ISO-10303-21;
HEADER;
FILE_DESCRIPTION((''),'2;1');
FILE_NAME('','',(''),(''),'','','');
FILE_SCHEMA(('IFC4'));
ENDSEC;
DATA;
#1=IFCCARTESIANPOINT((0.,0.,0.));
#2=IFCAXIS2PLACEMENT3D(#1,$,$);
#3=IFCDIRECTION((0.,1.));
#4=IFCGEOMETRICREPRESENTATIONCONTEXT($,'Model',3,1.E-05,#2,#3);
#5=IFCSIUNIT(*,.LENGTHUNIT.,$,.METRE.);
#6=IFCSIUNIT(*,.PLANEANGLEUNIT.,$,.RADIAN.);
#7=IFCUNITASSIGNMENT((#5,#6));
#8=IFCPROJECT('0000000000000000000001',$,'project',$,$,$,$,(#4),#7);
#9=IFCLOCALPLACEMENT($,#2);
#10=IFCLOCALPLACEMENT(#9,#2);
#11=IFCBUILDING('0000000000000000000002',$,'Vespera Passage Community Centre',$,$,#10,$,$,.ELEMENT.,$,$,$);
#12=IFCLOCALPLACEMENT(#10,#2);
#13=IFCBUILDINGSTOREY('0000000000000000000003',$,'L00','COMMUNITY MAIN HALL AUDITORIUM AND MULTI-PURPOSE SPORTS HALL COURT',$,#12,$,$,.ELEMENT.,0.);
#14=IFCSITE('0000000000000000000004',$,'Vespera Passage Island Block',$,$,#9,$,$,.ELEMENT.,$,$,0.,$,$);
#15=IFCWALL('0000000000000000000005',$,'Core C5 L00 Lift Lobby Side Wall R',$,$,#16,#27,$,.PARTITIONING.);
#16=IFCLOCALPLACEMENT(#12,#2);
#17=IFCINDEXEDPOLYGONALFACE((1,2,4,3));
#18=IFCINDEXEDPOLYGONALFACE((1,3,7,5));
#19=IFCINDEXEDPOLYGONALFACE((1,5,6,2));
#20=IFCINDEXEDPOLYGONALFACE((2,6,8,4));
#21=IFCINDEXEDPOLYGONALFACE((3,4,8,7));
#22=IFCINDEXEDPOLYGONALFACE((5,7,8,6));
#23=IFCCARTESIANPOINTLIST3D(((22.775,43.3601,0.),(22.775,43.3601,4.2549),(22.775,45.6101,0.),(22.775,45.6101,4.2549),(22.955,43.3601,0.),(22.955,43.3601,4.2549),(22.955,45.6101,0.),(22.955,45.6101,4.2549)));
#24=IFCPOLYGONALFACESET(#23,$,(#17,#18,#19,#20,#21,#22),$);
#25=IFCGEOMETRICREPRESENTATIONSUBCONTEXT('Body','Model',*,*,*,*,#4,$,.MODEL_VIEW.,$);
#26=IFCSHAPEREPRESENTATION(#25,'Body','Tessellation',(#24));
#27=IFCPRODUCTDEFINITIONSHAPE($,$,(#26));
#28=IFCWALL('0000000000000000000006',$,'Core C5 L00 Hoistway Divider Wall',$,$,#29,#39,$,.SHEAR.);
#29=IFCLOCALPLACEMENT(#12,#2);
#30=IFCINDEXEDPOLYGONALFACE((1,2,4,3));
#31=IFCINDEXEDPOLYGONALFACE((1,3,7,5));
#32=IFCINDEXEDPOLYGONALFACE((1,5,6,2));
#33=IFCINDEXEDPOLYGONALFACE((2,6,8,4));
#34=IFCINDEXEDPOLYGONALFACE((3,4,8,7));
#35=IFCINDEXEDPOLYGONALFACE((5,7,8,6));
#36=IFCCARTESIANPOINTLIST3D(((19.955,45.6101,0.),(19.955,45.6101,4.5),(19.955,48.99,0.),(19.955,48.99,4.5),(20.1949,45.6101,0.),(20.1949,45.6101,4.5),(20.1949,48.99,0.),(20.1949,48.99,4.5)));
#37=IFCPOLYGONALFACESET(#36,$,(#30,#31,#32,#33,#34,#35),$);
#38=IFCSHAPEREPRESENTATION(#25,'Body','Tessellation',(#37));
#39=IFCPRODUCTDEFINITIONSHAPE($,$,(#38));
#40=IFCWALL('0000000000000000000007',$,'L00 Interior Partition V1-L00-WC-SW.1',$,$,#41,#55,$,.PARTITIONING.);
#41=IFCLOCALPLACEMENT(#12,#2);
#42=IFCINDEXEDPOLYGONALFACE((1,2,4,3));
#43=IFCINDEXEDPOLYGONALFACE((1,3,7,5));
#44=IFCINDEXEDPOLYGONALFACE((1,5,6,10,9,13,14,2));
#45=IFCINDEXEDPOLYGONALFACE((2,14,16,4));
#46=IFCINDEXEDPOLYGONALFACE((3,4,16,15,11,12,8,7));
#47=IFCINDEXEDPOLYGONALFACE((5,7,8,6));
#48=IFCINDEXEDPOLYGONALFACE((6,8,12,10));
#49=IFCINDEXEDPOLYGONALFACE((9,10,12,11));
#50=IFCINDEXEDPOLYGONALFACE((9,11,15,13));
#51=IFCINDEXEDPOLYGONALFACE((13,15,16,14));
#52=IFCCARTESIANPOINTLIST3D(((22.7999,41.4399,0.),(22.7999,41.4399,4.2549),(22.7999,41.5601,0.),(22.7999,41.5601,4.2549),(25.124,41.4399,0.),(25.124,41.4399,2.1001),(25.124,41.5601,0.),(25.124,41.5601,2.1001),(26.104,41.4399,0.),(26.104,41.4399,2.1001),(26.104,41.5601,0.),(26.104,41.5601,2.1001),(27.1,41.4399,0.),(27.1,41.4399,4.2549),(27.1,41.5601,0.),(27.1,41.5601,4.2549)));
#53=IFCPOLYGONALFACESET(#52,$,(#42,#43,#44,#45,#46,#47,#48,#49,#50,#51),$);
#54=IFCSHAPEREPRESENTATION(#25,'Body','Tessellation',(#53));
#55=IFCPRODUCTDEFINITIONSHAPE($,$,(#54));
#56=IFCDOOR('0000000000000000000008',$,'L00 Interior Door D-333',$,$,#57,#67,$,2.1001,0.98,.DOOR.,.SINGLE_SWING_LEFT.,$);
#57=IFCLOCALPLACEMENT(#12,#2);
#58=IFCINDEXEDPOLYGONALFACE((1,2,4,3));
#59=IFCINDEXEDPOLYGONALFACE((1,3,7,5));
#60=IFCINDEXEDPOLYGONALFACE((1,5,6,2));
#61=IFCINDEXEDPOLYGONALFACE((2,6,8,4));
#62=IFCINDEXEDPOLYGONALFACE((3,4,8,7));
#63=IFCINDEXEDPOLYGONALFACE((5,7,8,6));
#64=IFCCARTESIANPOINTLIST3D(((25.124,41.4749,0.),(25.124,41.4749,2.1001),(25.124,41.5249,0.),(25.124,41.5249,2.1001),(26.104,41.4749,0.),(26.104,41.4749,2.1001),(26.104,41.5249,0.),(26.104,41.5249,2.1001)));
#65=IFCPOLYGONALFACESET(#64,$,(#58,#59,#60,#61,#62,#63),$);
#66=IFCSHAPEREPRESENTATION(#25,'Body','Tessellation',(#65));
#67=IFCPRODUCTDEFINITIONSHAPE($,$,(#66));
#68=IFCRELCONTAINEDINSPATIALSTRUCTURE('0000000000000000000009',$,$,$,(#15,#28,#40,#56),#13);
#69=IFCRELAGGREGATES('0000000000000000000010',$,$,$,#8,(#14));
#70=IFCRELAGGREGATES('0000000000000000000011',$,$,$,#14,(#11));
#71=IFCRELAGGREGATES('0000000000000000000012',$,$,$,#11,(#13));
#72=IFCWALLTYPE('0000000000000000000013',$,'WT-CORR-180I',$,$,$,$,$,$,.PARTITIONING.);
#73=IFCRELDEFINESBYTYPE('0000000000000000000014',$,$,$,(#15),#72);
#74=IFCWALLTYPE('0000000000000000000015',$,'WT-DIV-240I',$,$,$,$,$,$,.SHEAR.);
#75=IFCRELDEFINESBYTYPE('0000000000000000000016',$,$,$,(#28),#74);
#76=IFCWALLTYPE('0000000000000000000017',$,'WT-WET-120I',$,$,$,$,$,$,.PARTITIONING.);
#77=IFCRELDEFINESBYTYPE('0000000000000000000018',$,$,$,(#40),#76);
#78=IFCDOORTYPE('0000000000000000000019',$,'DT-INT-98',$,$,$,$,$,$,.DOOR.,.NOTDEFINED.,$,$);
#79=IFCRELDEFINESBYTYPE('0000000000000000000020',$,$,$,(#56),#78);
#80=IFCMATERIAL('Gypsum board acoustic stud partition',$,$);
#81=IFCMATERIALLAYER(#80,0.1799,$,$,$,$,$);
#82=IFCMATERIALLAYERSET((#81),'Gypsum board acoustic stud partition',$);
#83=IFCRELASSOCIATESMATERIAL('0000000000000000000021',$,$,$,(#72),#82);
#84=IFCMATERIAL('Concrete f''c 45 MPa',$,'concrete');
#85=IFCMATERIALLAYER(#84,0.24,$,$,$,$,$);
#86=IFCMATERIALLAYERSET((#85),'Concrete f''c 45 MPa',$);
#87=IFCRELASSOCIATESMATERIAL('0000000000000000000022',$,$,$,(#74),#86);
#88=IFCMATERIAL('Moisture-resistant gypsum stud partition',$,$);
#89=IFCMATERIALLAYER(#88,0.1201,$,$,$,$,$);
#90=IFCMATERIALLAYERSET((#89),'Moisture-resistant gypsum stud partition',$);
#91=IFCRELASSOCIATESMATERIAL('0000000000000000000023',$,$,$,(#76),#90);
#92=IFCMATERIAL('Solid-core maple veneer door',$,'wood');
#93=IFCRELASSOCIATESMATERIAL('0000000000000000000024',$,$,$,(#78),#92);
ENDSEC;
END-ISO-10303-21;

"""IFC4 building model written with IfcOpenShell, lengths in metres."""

from ifc_helpers import new_model, si_unit, direction, frame, frame_2d, origin, place, context, subcontext, project, spatial, rectangle, extrude, material, layer, layer_set, type_object, element, fill, save


model = new_model("IFC4")

# Units and contexts
model_context = context("Model", 3, precision=1e-05, world=origin(), true_north=direction((0.0, 1.0)))
body_context = subcontext(model_context, "Body", "Model", "MODEL_VIEW")
ifc_project = project(units=[si_unit("LENGTHUNIT", "METRE"), si_unit("PLANEANGLEUNIT", "RADIAN")], contexts=[model_context])

# Site, building, storey
site_placement = place(None, origin())
site = spatial("IfcSite", under=ifc_project, at=site_placement, Name="Vespera Passage Island Block", CompositionType="ELEMENT", RefElevation=0.0)
building_placement = place(site_placement, origin())
building = spatial("IfcBuilding", under=site, at=building_placement, Name="Vespera Passage Community Centre", CompositionType="ELEMENT")
storey_placement = place(building_placement, origin())
storey = spatial("IfcBuildingStorey", under=building, at=storey_placement, Name="L00", Description="COMMUNITY MAIN HALL AUDITORIUM AND MULTI-PURPOSE SPORTS HALL COURT", CompositionType="ELEMENT", Elevation=0.0)

# Shared definitions
ifc_material_1 = material(Name="Gypsum board acoustic stud partition")
ifc_layer_1 = layer(ifc_material_1, 0.1799)
ifc_layer_set_1 = layer_set([ifc_layer_1], Name="Gypsum board acoustic stud partition")
wall_type_1 = type_object("IfcWallType", Name="WT-CORR-180I", PredefinedType="PARTITIONING", material=ifc_layer_set_1)

# Walls
for number, where, z_axis, x_axis, name in (
    (1, (22.865, 45.6101, 0.0), (0.0, 0.0, 1.0), (0.0, -1.0, 0.0), "Core C5 L00 Lift Lobby Side Wall R"),
):
    element("IfcWall", number, at=place(storey_placement, frame(where, z_axis=z_axis, x_axis=x_axis)), inside=storey, type_object=wall_type_1, Name=name, PredefinedType="PARTITIONING", context=body_context, shape_type="SweptSolid", body=[
        extrude(rectangle(XDim=2.25, YDim=0.1799, at=frame_2d((1.125, 0.0))), origin(), (0.0, 0.0, 1.0), 4.2549),
    ])
ifc_material_2 = material(Name="Concrete f'c 45 MPa", Category="concrete")
ifc_layer_2 = layer(ifc_material_2, 0.24)
ifc_layer_set_2 = layer_set([ifc_layer_2], Name="Concrete f'c 45 MPa")
wall_type_2 = type_object("IfcWallType", Name="WT-DIV-240I", PredefinedType="SHEAR", material=ifc_layer_set_2)
wall_1_placement = place(storey_placement, frame((20.075, 45.6101, 0.0), z_axis=(0.0, 0.0, 1.0), x_axis=(0.0, 1.0, 0.0)))
element("IfcWall", 2, at=wall_1_placement, inside=storey, type_object=wall_type_2, Name="Core C5 L00 Hoistway Divider Wall", PredefinedType="SHEAR", context=body_context, shape_type="SweptSolid", body=[
    extrude(rectangle(XDim=3.3799, YDim=0.24, at=frame_2d((1.6899, 0.0))), origin(), (0.0, 0.0, 1.0), 4.5),
])

# Wall, opening, door
ifc_material_3 = material(Name="Moisture-resistant gypsum stud partition")
ifc_layer_3 = layer(ifc_material_3, 0.1201)
ifc_layer_set_3 = layer_set([ifc_layer_3], Name="Moisture-resistant gypsum stud partition")
wall_type_3 = type_object("IfcWallType", Name="WT-WET-120I", PredefinedType="PARTITIONING", material=ifc_layer_set_3)
wall_2_placement = place(storey_placement, frame((22.8, 41.5, 0.0), z_axis=(0.0, 0.0, 1.0), x_axis=(1.0, 0.0, 0.0)))
wall_2 = element("IfcWall", 3, at=wall_2_placement, inside=storey, type_object=wall_type_3, Name="L00 Interior Partition V1-L00-WC-SW.1", PredefinedType="PARTITIONING", context=body_context, shape_type="SweptSolid", body=[
    extrude(rectangle(XDim=4.3, YDim=0.1201, at=frame_2d((2.1499, 0.0))), origin(), (0.0, 0.0, 1.0), 4.2549),
])
opening_1_placement = place(wall_2_placement, frame((2.324, 0.0, 0.0)))
opening_1 = element("IfcOpeningElement", 4, at=opening_1_placement, cuts=wall_2, PredefinedType="OPENING", context=body_context, shape_type="SweptSolid", body=[
    extrude(rectangle(XDim=0.98, YDim=2.1001, at=frame_2d((0.49, 1.05))), frame((0.0, 0.0701, 0.0), z_axis=(0.0, -1.0, 0.0), x_axis=(1.0, 0.0, 0.0)), (0.0, 0.0, 1.0), 0.1401),
])
ifc_material_4 = material(Name="Solid-core maple veneer door", Category="wood")
door_type_1 = type_object("IfcDoorType", Name="DT-INT-98", OperationType="NOTDEFINED", PredefinedType="DOOR", material=ifc_material_4)
door_1_placement = place(opening_1_placement, origin())
door_1 = element("IfcDoor", 5, at=door_1_placement, inside=storey, type_object=door_type_1, Name="L00 Interior Door D-333", OperationType="SINGLE_SWING_LEFT", OverallHeight=2.1001, OverallWidth=0.98, PredefinedType="DOOR", context=body_context, shape_type="SweptSolid", body=[
    extrude(rectangle(XDim=0.98, YDim=2.1001, at=frame_2d((0.49, 1.05))), frame((0.0, 0.0249, 0.0), z_axis=(0.0, -1.0, 0.0), x_axis=(1.0, 0.0, 0.0)), (0.0, 0.0, 1.0), 0.05),
])
fill(opening_1, door_1)

save(model, "model.ifc")
